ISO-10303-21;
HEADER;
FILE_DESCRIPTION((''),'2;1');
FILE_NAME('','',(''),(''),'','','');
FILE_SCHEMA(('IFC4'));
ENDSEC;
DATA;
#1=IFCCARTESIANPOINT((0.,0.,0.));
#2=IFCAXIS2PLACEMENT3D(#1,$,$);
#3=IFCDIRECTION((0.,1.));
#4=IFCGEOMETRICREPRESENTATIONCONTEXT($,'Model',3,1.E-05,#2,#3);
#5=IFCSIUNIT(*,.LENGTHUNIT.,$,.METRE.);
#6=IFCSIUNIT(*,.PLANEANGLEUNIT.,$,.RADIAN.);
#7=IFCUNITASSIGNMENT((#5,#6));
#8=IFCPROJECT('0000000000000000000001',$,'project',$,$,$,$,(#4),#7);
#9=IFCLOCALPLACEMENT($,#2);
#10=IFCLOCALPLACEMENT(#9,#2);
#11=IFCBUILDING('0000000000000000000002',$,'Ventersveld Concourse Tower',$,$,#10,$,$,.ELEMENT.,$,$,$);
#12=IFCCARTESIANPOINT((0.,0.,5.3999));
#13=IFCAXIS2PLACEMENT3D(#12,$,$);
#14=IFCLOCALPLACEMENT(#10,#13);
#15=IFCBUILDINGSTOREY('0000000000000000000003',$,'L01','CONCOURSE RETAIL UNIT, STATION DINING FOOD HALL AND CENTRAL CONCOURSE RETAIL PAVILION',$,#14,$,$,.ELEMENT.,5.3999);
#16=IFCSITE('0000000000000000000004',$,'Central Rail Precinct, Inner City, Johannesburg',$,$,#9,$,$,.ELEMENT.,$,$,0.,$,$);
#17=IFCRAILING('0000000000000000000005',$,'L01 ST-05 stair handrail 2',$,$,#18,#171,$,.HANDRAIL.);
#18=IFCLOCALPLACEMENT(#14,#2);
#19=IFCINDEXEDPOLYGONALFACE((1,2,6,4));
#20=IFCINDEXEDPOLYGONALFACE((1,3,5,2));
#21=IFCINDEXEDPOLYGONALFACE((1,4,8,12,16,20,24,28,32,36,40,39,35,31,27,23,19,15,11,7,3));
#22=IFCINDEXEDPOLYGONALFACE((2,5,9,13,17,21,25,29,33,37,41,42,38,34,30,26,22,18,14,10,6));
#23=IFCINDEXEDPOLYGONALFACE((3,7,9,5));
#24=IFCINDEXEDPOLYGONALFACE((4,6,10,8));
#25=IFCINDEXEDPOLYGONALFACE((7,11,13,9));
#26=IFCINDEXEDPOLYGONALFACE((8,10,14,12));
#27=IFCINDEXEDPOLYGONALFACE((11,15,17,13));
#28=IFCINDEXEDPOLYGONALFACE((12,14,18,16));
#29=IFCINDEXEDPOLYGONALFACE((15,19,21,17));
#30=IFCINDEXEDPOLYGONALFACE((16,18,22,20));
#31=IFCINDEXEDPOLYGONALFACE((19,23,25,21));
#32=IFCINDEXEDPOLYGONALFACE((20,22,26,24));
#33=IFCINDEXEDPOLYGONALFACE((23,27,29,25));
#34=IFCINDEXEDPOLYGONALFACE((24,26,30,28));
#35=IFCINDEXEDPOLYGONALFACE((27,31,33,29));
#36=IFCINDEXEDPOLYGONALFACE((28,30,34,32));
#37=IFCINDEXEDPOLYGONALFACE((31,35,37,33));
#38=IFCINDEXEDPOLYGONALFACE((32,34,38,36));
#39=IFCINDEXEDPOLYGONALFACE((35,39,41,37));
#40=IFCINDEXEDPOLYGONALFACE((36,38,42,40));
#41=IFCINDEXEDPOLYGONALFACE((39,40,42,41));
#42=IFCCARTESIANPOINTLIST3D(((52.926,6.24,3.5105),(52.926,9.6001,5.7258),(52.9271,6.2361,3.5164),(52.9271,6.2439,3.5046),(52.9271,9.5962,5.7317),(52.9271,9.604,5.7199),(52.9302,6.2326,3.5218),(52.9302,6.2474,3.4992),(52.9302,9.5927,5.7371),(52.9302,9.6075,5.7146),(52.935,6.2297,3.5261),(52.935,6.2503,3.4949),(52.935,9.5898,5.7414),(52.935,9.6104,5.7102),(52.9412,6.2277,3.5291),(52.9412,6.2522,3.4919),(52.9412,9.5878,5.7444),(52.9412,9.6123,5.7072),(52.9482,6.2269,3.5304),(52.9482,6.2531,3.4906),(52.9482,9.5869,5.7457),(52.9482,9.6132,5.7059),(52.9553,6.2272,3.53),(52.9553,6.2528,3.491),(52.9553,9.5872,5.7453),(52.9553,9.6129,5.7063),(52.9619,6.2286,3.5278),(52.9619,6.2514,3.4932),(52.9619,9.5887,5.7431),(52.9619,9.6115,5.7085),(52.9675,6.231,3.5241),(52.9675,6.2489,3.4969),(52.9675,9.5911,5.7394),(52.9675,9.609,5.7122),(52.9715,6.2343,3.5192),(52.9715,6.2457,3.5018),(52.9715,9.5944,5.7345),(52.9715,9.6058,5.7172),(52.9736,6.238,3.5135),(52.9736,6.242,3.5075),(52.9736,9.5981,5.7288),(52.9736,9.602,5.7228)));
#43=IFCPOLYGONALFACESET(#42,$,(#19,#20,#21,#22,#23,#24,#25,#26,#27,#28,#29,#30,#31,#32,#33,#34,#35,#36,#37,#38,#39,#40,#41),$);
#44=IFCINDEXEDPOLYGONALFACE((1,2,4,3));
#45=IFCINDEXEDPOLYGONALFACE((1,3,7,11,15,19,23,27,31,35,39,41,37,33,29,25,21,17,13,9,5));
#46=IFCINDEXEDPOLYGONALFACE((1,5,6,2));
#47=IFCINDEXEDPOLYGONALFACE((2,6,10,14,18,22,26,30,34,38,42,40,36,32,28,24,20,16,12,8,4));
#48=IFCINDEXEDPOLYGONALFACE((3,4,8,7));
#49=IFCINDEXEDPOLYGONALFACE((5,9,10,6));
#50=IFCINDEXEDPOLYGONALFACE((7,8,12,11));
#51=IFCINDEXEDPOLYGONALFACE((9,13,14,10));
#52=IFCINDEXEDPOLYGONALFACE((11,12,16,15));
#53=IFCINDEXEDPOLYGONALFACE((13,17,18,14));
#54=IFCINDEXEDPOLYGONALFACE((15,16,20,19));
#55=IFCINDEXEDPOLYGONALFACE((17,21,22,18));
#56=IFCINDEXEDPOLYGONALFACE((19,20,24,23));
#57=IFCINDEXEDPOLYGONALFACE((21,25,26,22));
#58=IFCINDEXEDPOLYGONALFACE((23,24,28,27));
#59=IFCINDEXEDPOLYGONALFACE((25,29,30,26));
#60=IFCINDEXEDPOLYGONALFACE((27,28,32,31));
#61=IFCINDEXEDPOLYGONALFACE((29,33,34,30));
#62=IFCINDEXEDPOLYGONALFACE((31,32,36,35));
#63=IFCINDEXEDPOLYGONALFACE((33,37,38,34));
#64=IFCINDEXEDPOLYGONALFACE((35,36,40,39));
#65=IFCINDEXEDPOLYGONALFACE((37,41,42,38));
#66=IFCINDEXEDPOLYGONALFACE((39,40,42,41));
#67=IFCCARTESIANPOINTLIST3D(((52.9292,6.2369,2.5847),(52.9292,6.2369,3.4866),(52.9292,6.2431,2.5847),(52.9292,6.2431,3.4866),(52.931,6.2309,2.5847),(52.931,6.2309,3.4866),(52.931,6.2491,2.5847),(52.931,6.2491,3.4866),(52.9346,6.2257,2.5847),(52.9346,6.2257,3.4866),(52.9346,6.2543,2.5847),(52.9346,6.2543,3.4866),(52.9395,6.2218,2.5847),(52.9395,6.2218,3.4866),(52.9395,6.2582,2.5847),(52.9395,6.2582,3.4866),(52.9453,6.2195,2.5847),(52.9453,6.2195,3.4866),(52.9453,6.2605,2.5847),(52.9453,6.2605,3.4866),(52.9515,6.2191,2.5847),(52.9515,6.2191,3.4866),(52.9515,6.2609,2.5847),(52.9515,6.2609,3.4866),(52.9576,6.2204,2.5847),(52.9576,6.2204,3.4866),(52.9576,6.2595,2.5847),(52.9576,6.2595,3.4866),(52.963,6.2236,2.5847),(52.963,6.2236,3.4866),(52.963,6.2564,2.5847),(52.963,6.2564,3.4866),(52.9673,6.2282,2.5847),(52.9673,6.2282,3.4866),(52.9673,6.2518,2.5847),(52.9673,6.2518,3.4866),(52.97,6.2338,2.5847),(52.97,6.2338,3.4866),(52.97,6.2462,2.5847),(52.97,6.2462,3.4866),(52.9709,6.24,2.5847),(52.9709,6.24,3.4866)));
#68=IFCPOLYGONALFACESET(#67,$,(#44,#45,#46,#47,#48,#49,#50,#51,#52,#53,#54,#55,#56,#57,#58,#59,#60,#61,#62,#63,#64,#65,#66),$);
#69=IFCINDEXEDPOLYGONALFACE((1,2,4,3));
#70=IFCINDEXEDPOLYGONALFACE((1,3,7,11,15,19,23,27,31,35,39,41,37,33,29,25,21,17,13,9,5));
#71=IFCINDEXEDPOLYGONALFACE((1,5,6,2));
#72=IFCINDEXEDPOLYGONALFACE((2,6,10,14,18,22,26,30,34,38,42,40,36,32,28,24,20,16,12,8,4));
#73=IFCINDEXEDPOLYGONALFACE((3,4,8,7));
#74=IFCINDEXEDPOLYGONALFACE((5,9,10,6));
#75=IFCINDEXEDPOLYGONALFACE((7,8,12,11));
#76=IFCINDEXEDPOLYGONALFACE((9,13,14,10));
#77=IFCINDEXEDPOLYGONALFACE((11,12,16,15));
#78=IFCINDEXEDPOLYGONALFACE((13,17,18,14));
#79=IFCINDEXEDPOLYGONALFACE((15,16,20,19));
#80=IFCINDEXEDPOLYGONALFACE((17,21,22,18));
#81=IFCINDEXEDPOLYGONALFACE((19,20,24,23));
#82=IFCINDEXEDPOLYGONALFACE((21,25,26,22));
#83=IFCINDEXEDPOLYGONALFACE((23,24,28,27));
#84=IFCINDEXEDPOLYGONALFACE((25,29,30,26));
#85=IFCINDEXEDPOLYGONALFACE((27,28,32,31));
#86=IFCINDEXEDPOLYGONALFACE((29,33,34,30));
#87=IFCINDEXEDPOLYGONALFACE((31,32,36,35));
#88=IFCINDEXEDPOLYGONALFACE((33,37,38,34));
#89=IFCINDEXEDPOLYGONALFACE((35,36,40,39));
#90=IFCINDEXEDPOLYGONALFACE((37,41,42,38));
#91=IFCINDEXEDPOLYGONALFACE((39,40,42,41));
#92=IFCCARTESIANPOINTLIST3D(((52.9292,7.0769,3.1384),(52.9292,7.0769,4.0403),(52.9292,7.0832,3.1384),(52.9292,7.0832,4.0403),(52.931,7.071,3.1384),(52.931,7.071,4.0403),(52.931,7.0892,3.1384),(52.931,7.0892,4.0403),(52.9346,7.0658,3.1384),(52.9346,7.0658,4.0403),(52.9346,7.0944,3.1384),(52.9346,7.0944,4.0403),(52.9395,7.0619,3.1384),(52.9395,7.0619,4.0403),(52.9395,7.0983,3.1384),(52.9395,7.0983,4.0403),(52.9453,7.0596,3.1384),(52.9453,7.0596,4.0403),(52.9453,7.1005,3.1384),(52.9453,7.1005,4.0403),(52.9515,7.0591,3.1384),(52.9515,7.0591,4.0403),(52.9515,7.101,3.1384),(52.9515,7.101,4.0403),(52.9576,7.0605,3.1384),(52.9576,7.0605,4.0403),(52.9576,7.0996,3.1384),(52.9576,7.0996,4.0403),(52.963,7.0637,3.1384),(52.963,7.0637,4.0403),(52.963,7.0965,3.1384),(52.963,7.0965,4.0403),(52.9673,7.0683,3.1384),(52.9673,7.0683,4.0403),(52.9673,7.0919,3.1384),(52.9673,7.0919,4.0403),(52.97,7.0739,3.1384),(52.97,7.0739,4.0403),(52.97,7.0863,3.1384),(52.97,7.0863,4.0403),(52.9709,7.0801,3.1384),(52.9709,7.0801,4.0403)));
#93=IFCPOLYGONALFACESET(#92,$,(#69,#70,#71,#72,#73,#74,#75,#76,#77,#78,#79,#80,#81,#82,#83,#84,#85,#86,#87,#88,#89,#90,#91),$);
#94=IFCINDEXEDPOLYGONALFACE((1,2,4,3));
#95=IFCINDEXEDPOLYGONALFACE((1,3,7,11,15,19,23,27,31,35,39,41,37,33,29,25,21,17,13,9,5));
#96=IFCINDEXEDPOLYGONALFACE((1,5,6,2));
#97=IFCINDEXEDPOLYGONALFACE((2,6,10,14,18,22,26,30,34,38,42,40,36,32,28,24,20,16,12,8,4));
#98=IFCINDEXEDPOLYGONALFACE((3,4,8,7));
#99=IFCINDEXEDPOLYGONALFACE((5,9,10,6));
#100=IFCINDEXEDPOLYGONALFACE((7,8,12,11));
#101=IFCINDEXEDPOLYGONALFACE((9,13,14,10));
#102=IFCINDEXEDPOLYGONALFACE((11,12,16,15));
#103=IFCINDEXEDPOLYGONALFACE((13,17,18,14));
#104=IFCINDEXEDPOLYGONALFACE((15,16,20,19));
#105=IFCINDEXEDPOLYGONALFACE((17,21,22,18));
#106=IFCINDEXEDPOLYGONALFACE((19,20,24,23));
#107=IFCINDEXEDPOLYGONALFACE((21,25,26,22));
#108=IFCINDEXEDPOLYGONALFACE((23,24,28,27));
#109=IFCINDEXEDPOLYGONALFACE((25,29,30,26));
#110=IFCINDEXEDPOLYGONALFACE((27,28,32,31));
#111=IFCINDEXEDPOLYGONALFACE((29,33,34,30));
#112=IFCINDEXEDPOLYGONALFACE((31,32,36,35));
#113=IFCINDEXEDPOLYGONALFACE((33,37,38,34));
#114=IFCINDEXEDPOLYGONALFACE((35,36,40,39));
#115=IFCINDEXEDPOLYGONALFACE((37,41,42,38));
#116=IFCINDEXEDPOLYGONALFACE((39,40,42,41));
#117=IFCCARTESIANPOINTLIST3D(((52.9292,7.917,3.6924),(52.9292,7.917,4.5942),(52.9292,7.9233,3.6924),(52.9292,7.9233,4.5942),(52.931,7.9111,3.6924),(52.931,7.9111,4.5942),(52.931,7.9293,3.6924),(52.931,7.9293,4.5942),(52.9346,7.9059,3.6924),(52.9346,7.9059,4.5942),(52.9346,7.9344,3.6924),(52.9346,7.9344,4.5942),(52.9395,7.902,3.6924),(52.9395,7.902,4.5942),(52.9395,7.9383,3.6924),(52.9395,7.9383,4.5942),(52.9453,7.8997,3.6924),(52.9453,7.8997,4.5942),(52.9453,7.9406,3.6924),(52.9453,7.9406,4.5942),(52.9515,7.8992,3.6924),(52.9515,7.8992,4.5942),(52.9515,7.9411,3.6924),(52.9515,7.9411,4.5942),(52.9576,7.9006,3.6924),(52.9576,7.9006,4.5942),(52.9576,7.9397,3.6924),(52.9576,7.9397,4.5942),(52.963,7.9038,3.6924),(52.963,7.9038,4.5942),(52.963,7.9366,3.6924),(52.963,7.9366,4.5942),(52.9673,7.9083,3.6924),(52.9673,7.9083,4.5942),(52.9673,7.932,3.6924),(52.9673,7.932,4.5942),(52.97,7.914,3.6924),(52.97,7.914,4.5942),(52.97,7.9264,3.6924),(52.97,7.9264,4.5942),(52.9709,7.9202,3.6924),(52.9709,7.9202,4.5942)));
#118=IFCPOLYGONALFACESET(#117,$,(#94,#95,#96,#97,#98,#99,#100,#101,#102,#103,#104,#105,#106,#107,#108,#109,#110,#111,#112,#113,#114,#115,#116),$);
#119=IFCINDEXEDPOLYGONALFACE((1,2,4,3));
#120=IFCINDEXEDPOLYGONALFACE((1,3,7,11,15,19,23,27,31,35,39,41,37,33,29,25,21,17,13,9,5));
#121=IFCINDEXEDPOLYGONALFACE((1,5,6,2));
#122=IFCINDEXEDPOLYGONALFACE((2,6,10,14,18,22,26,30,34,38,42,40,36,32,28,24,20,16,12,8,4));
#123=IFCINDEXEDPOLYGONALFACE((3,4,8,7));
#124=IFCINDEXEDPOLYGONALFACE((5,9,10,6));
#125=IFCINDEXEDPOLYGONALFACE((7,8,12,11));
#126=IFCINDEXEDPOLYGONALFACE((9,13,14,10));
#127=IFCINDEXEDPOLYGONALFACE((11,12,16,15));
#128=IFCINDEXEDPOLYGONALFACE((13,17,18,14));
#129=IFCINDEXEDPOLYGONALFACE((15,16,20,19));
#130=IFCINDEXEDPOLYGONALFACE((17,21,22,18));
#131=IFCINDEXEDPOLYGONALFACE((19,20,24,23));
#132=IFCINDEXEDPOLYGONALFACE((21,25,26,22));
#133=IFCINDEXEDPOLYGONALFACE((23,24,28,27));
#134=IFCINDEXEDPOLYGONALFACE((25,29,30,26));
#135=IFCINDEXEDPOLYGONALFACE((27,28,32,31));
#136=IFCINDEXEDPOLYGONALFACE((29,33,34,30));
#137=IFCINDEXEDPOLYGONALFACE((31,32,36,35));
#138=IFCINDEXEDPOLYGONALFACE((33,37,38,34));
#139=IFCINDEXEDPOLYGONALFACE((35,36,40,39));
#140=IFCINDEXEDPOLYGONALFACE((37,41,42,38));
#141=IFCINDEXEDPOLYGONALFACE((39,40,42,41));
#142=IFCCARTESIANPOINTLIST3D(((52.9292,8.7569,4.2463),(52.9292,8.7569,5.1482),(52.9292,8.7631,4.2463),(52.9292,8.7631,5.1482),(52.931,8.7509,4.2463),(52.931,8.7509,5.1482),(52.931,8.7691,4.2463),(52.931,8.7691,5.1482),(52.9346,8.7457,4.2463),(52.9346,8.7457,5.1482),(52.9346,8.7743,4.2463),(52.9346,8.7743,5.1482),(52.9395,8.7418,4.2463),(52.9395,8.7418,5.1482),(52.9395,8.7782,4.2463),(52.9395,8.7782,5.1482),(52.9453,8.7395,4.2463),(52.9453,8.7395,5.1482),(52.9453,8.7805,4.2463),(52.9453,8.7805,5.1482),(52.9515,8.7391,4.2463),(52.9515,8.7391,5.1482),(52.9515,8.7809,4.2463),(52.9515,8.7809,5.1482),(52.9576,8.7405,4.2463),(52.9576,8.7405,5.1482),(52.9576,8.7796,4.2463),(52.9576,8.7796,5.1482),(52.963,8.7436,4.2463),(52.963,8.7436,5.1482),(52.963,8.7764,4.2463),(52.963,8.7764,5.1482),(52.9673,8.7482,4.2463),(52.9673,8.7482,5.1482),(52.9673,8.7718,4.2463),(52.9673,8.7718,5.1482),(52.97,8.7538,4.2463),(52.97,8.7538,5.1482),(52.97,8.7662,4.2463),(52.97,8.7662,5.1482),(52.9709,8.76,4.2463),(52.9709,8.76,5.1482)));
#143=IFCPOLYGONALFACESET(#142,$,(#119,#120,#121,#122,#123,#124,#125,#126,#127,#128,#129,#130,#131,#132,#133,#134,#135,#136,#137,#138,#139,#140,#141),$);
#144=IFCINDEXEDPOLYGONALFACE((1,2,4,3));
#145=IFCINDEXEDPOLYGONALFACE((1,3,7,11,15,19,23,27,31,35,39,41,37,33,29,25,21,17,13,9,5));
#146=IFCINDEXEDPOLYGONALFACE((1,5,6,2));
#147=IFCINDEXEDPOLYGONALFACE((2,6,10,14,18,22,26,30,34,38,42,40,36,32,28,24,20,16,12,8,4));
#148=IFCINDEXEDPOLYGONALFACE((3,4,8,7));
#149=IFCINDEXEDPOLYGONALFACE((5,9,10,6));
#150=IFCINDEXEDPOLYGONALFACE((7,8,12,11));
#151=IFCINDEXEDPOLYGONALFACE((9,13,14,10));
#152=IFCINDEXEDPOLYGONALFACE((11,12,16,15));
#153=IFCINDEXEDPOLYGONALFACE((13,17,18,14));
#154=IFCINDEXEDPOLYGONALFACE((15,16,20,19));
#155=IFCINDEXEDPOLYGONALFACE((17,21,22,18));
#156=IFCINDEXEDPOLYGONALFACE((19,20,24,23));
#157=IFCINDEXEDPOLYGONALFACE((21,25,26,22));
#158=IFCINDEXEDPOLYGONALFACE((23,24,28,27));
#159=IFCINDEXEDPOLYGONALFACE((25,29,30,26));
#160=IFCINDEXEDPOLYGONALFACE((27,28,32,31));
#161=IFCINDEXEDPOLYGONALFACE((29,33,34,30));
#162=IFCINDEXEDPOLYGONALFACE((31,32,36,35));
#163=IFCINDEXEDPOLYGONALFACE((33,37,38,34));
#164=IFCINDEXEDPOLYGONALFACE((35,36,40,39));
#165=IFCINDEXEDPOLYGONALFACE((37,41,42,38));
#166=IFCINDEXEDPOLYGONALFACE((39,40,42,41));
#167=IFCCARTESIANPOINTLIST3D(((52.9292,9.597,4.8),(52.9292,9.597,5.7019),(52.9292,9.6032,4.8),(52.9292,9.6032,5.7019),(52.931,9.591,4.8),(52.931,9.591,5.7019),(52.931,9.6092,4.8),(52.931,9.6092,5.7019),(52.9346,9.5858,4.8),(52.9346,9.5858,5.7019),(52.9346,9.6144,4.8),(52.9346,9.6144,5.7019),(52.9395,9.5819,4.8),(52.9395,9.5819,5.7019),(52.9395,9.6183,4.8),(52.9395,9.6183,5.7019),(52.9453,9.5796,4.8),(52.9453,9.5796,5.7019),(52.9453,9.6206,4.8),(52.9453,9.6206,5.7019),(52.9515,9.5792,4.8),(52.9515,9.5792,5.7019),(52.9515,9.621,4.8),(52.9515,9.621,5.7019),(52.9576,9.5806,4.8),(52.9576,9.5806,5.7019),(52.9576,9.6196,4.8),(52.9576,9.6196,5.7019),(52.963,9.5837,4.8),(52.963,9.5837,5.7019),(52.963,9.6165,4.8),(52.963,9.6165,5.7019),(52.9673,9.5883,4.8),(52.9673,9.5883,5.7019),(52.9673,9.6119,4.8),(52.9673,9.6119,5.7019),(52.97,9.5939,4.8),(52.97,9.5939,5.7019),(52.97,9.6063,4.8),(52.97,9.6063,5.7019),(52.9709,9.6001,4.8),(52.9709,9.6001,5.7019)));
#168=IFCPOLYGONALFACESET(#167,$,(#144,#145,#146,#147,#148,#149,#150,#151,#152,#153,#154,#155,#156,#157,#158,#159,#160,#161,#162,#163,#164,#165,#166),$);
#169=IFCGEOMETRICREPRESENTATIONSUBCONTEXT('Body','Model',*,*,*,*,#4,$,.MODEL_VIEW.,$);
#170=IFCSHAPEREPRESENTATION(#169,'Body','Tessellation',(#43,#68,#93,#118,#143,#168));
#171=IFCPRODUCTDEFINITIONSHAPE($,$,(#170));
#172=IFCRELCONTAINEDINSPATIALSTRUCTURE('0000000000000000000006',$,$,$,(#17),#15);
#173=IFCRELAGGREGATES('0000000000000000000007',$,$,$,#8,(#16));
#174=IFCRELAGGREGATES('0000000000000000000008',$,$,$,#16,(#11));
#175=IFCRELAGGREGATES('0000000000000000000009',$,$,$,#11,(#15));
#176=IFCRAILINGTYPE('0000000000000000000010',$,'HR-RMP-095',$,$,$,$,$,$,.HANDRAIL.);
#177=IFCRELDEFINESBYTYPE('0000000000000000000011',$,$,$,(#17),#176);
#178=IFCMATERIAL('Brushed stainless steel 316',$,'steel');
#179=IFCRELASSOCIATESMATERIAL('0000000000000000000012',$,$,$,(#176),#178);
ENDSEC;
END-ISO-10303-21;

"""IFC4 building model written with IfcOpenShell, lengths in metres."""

from ifc_helpers import new_model, si_unit, direction, frame, origin, origin_2d, place, context, subcontext, project, spatial, circle, extrude, material, type_object, element, save


model = new_model("IFC4")

# Units and contexts
model_context = context("Model", 3, precision=1e-05, world=origin(), true_north=direction((0.0, 1.0)))
body_context = subcontext(model_context, "Body", "Model", "MODEL_VIEW")
ifc_project = project(units=[si_unit("LENGTHUNIT", "METRE"), si_unit("PLANEANGLEUNIT", "RADIAN")], contexts=[model_context])

# Site, building, storey
site_placement = place(None, origin())
site = spatial("IfcSite", under=ifc_project, at=site_placement, Name="Central Rail Precinct, Inner City, Johannesburg", CompositionType="ELEMENT", RefElevation=0.0)
building_placement = place(site_placement, origin())
building = spatial("IfcBuilding", under=site, at=building_placement, Name="Ventersveld Concourse Tower", CompositionType="ELEMENT")
storey_placement = place(building_placement, frame((0.0, 0.0, 5.3999)))
storey = spatial("IfcBuildingStorey", under=building, at=storey_placement, Name="L01", Description="CONCOURSE RETAIL UNIT, STATION DINING FOOD HALL AND CENTRAL CONCOURSE RETAIL PAVILION", CompositionType="ELEMENT", Elevation=5.3999)

# Shared definitions
ifc_material_1 = material(Name="Brushed stainless steel 316", Category="steel")

# Railing
railing_type_1 = type_object("IfcRailingType", Name="HR-RMP-095", PredefinedType="HANDRAIL", material=ifc_material_1)
railing_1_placement = place(storey_placement, frame((52.95, 6.24, 2.5847)))
element("IfcRailing", 1, at=railing_1_placement, inside=storey, type_object=railing_type_1, Name="L01 ST-05 stair handrail 2", PredefinedType="HANDRAIL", context=body_context, shape_type="SweptSolid", body=[
    extrude(circle(Radius=0.0239, at=origin_2d()), frame((0.0, 0.0, 0.9258), z_axis=(0.0, 0.834876, 0.550437), x_axis=(-1.0, 0.0, 0.0)), (0.0, 0.0, 1.0), 4.0247),
    extrude(circle(Radius=0.021, at=origin_2d()), origin(), (0.0, 0.0, 1.0), 0.9019),
    extrude(circle(Radius=0.021, at=origin_2d()), frame((0.0, 0.8401, 0.5537)), (0.0, 0.0, 1.0), 0.9019),
    extrude(circle(Radius=0.021, at=origin_2d()), frame((0.0, 1.6802, 1.1077)), (0.0, 0.0, 1.0), 0.9019),
    extrude(circle(Radius=0.021, at=origin_2d()), frame((0.0, 2.52, 1.6616)), (0.0, 0.0, 1.0), 0.9019),
    extrude(circle(Radius=0.021, at=origin_2d()), frame((0.0, 3.3601, 2.2153)), (0.0, 0.0, 1.0), 0.9019),
])

save(model, "model.ifc")
